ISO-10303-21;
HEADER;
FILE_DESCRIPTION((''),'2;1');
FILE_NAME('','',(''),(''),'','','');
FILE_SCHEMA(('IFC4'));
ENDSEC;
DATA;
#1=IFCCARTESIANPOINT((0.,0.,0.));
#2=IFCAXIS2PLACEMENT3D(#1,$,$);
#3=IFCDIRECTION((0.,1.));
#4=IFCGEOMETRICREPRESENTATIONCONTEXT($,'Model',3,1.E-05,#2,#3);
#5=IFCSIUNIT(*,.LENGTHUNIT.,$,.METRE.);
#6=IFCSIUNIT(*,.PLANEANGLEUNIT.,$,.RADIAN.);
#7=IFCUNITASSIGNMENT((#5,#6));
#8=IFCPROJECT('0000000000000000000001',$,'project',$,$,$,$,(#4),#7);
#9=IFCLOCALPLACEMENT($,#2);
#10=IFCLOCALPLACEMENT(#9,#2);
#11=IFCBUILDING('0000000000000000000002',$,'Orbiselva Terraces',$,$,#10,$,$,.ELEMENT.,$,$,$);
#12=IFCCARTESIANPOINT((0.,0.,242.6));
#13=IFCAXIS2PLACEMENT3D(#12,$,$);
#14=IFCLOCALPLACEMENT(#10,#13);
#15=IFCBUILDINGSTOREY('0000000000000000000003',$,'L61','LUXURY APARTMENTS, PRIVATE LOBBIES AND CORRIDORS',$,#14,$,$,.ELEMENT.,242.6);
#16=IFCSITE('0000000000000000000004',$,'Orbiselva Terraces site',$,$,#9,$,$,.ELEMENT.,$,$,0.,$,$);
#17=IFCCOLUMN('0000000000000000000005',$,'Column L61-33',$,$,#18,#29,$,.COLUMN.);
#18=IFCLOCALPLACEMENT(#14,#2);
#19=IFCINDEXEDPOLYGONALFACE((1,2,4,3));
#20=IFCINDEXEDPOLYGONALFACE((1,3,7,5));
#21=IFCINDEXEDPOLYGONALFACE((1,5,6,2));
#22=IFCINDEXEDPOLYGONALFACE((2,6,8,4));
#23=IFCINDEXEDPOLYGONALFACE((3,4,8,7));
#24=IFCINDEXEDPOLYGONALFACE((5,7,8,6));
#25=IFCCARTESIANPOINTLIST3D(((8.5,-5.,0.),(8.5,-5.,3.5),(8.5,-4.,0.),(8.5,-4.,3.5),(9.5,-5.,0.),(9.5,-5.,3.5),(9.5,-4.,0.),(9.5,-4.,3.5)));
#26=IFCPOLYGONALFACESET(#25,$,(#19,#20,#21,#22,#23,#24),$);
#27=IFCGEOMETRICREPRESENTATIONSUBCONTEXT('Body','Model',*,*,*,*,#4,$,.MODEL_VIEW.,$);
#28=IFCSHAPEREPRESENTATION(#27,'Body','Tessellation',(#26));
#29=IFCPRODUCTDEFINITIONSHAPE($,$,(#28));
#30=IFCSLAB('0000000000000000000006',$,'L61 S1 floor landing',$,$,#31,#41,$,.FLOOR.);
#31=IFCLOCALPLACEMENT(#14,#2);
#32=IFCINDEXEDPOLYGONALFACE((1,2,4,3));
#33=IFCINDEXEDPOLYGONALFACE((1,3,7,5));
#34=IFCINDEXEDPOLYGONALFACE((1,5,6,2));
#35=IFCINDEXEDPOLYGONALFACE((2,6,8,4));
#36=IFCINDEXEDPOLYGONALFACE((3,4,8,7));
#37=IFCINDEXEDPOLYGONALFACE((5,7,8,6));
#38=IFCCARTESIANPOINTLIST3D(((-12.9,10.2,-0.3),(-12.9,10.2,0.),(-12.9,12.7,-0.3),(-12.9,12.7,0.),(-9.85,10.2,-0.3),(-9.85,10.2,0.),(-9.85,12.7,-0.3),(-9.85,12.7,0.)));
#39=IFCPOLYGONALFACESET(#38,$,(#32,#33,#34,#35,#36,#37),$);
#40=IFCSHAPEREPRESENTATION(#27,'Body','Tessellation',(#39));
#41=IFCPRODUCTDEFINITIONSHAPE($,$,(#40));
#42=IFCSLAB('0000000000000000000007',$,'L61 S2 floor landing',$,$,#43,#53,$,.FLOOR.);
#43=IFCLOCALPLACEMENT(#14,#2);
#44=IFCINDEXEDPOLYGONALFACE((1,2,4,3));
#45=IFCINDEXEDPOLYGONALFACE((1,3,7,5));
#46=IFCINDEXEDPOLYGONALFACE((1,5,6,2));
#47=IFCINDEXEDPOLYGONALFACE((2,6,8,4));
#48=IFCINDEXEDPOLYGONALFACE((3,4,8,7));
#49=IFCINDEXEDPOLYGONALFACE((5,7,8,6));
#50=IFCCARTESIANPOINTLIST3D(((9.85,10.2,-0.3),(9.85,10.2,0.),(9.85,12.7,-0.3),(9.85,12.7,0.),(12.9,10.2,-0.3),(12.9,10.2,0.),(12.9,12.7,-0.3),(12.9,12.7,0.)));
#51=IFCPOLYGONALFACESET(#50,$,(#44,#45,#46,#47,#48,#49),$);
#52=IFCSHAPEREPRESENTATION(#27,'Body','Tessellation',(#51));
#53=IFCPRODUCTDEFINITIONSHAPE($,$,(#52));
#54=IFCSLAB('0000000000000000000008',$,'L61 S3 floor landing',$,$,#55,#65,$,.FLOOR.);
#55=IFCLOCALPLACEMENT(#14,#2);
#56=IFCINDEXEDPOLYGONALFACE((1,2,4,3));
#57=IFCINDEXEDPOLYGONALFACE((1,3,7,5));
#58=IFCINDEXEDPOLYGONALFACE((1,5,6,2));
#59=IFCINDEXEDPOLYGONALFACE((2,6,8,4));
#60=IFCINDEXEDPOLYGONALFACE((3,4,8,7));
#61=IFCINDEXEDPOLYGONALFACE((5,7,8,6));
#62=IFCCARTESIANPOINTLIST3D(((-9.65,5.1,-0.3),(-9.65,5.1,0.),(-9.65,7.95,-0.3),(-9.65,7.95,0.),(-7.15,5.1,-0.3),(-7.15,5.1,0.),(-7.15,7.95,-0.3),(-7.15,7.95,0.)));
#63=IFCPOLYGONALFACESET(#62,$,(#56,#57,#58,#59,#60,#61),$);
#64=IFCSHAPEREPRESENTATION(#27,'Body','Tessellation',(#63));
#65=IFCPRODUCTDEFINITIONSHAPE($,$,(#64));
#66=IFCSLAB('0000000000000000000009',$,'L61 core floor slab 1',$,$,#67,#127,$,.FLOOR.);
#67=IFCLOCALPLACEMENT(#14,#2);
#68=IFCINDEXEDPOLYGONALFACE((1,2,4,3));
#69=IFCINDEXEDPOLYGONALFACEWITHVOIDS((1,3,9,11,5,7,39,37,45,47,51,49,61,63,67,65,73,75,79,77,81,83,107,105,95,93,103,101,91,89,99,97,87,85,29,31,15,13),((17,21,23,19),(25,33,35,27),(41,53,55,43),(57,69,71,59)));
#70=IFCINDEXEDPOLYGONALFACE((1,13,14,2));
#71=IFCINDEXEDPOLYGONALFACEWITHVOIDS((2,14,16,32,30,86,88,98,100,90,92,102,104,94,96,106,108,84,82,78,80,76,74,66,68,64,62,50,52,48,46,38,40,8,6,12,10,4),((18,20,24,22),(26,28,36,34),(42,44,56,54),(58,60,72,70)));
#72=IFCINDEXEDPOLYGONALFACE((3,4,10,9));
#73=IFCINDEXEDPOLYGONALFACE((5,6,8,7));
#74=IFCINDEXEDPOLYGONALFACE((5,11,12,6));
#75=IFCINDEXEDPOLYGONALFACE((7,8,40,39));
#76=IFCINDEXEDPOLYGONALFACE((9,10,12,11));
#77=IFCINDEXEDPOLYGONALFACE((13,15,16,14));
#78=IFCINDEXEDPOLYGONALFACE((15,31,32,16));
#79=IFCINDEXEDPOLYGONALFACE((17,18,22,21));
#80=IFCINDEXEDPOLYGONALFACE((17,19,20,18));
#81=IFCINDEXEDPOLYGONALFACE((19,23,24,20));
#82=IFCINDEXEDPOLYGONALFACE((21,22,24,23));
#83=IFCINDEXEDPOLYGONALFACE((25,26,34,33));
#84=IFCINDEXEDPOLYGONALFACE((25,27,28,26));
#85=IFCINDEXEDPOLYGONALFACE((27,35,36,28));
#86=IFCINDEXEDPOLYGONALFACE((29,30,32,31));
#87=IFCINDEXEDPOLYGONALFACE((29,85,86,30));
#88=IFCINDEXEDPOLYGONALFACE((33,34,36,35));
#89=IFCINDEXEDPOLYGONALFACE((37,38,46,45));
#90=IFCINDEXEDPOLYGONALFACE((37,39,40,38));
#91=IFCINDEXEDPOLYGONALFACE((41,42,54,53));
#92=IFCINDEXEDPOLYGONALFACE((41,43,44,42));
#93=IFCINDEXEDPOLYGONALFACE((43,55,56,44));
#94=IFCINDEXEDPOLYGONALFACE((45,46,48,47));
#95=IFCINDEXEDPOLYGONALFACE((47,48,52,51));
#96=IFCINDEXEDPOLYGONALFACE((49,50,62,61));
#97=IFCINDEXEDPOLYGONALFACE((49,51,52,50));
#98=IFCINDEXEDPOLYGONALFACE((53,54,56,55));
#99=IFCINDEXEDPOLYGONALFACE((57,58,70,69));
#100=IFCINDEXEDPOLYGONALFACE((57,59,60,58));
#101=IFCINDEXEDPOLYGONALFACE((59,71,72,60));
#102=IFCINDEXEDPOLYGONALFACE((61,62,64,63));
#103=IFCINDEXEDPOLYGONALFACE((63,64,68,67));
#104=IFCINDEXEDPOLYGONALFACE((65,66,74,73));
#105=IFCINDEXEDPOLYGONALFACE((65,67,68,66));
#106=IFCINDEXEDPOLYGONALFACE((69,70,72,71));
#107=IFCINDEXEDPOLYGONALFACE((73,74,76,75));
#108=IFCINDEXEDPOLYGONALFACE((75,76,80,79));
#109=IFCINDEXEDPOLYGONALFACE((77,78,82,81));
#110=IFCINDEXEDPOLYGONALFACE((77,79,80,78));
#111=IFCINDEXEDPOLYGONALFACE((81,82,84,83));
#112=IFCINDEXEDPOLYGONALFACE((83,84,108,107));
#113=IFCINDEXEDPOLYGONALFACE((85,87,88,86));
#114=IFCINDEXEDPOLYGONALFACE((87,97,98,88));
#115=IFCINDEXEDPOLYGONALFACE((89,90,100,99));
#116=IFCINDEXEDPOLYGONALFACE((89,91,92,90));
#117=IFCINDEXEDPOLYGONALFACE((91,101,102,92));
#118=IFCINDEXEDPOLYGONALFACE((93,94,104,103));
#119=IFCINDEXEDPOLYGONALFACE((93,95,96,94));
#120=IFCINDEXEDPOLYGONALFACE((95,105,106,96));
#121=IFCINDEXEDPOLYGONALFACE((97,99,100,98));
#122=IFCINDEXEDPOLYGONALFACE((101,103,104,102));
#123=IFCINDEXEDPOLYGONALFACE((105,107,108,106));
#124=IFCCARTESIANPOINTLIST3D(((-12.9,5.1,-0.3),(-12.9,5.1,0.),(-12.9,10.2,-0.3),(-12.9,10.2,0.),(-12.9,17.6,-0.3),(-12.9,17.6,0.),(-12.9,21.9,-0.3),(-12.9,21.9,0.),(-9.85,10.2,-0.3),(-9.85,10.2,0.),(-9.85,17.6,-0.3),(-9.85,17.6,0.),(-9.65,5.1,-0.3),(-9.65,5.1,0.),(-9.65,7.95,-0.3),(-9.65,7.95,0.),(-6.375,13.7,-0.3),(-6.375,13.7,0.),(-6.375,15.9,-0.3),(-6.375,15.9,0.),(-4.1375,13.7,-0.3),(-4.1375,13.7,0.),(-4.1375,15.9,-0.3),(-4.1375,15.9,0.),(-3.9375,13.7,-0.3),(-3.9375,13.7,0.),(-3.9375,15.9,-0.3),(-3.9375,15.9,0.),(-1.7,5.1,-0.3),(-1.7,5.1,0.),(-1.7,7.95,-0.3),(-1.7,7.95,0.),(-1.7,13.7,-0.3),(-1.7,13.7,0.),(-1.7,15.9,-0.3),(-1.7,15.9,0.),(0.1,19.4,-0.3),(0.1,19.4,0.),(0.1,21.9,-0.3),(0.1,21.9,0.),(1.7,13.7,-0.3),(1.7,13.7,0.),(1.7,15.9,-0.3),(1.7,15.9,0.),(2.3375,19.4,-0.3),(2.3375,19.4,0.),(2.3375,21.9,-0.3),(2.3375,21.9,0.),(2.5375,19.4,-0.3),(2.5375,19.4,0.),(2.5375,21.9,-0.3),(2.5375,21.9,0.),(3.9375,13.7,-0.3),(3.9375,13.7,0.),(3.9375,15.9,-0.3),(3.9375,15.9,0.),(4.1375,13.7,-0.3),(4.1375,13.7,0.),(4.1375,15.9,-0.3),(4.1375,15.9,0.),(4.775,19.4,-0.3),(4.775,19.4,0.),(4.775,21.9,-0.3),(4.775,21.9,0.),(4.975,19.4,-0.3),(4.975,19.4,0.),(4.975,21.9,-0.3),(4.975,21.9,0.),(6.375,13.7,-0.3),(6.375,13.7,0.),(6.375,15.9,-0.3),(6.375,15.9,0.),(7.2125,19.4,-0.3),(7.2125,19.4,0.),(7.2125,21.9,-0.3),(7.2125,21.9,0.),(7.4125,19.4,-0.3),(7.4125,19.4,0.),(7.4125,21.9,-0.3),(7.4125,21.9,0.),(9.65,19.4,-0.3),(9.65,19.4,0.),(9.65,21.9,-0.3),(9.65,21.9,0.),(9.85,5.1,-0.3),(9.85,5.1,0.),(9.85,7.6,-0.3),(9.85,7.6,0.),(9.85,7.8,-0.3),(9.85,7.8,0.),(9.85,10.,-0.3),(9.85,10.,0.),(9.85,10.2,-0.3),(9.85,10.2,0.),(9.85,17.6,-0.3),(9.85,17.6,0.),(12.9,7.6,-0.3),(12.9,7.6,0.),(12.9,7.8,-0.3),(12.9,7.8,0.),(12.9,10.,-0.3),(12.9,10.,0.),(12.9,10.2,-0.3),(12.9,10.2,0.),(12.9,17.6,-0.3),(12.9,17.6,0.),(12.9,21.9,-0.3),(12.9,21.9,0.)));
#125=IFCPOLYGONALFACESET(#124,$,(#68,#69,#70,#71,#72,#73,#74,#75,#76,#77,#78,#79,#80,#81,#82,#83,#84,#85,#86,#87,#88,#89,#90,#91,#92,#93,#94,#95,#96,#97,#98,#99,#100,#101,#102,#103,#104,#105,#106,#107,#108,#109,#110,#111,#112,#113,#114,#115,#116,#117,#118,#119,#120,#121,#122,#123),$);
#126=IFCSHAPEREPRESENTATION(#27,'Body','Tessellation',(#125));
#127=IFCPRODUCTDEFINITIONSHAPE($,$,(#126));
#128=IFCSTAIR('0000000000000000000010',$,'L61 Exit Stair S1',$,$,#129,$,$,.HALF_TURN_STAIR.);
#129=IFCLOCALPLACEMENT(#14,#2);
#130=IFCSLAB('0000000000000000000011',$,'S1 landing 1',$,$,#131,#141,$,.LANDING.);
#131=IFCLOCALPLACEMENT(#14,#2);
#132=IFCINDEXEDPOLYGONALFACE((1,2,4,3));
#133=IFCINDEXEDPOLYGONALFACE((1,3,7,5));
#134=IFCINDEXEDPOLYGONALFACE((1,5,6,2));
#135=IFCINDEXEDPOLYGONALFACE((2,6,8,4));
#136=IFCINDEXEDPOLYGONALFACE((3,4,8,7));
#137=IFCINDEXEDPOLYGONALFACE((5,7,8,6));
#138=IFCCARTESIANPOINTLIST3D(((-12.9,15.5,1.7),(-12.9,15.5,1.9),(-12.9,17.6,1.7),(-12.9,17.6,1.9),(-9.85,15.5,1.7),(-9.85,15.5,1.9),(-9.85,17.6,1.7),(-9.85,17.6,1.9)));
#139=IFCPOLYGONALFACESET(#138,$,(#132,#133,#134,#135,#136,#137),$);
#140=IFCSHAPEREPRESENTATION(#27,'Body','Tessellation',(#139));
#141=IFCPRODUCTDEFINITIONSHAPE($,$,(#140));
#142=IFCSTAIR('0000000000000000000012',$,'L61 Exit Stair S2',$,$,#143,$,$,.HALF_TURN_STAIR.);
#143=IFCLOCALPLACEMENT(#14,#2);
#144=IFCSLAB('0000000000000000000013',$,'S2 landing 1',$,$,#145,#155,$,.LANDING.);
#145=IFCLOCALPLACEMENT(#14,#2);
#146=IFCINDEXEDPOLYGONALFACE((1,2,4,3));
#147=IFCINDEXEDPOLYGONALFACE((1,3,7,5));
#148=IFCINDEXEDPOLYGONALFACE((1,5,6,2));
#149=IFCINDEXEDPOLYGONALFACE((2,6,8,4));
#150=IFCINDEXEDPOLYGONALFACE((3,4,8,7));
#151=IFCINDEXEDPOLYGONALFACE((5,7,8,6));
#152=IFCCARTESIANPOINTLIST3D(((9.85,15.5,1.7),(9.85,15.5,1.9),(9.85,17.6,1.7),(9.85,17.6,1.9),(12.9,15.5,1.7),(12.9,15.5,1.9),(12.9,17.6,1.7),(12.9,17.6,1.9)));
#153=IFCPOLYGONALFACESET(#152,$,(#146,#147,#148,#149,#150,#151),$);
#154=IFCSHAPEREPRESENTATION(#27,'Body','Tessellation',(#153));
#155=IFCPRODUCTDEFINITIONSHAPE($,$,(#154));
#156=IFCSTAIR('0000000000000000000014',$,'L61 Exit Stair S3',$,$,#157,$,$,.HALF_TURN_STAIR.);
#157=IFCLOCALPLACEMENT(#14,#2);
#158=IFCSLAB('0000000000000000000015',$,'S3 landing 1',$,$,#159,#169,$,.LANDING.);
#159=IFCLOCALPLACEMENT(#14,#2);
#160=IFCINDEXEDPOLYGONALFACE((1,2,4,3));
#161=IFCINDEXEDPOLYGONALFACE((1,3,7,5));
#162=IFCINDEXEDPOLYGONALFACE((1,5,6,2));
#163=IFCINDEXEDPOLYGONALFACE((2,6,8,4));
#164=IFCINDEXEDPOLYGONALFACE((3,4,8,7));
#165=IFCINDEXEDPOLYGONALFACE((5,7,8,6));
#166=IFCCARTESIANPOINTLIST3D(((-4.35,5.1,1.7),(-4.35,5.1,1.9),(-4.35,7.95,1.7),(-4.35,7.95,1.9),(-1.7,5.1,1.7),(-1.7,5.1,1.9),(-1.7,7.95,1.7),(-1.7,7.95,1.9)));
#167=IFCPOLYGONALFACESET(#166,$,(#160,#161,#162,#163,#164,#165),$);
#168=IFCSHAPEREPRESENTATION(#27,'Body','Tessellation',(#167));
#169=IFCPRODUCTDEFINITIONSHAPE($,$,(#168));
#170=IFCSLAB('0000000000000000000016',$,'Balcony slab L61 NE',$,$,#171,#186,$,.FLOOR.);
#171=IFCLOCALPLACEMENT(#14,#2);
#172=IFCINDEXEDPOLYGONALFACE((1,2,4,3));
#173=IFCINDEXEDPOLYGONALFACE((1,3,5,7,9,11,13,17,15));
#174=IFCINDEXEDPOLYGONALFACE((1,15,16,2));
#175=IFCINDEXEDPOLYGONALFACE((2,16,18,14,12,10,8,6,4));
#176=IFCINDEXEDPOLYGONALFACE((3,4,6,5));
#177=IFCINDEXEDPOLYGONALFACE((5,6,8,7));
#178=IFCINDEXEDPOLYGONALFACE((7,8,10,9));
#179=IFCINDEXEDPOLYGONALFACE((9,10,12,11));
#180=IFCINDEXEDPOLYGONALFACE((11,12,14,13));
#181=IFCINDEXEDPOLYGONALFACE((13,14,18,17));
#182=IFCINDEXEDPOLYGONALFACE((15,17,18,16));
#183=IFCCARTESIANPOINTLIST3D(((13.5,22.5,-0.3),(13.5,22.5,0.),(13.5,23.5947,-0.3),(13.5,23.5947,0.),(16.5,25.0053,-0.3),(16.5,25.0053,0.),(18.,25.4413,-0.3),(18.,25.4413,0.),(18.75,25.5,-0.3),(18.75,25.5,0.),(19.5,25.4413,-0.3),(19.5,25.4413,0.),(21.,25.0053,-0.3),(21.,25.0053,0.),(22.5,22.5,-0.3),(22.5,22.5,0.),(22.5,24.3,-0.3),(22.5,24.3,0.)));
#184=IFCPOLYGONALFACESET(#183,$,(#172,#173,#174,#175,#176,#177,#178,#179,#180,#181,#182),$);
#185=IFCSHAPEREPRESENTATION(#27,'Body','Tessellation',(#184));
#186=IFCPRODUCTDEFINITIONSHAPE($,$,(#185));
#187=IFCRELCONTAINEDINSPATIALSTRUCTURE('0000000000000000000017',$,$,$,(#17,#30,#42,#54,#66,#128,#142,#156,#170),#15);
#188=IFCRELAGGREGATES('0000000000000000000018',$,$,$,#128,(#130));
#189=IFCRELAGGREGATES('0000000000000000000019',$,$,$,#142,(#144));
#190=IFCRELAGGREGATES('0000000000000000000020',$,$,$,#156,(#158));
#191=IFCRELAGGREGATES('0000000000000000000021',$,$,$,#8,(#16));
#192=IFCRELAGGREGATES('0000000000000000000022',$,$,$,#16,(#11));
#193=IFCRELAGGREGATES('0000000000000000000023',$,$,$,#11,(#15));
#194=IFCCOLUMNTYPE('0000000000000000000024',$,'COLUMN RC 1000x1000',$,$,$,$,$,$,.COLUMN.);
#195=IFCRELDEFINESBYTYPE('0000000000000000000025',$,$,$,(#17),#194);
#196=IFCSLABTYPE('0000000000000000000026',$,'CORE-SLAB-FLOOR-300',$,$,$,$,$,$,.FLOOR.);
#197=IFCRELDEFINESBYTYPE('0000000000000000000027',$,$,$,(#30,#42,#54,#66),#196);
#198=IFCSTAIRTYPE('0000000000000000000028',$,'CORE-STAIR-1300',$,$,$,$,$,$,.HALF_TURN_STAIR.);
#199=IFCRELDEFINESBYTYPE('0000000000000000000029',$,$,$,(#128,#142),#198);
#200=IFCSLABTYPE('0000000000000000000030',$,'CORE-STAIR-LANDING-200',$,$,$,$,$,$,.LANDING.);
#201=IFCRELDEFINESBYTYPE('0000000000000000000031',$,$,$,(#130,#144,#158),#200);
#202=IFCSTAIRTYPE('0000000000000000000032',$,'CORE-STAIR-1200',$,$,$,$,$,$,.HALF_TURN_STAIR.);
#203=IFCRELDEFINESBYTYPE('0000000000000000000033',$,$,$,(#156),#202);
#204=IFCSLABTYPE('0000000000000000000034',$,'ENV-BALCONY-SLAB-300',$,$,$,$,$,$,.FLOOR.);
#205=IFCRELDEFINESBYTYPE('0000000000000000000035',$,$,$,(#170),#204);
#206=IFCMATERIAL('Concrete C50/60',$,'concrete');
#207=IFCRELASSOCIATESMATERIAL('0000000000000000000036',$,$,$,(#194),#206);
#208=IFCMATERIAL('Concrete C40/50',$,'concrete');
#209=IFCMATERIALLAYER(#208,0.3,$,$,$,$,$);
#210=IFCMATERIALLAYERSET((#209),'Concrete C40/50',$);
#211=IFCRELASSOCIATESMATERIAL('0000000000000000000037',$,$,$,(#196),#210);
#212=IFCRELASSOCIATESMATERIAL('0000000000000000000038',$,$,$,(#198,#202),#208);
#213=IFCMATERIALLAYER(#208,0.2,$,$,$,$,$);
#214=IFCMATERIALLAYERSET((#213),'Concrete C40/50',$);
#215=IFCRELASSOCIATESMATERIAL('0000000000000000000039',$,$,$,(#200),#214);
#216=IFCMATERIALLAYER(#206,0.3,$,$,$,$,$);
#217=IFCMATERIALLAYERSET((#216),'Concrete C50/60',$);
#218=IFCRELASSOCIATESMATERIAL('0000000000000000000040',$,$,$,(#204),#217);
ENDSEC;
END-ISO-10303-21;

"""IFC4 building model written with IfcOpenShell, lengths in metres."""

from ifc_helpers import new_model, si_unit, direction, frame, origin, origin_2d, place, context, subcontext, project, spatial, polyline, rectangle, outline, extrude, material, layer, layer_set, material_profile, profile_set, type_object, element, aggregate, save


model = new_model("IFC4")

# Units and contexts
model_context = context("Model", 3, precision=1e-05, world=origin(), true_north=direction((0.0, 1.0)))
body_context = subcontext(model_context, "Body", "Model", "MODEL_VIEW")
ifc_project = project(units=[si_unit("LENGTHUNIT", "METRE"), si_unit("PLANEANGLEUNIT", "RADIAN")], contexts=[model_context])

# Site, building, storey
site_placement = place(None, origin())
site = spatial("IfcSite", under=ifc_project, at=site_placement, Name="Orbiselva Terraces site", CompositionType="ELEMENT", RefElevation=0.0)
building_placement = place(site_placement, origin())
building = spatial("IfcBuilding", under=site, at=building_placement, Name="Orbiselva Terraces", CompositionType="ELEMENT")
storey_placement = place(building_placement, frame((0.0, 0.0, 242.6)))
storey = spatial("IfcBuildingStorey", under=building, at=storey_placement, Name="L61", Description="LUXURY APARTMENTS, PRIVATE LOBBIES AND CORRIDORS", CompositionType="ELEMENT", Elevation=242.6)

# Column
ifc_material_1 = material(Name="Concrete C50/60", Category="concrete")
ifc_material_profile = material_profile(ifc_material_1, rectangle(XDim=1.0, YDim=1.0, at=origin_2d()), Name="RC 1000x1000")
ifc_profile_set = profile_set([ifc_material_profile], Name="Concrete C50/60")
column_type = type_object("IfcColumnType", Name="COLUMN RC 1000x1000", PredefinedType="COLUMN", material=ifc_profile_set)
column_placement = place(storey_placement, frame((9.0, -4.5, 0.0), z_axis=(0.0, 0.0, 1.0), x_axis=(1.0, 0.0, 0.0)))
element("IfcColumn", 1, at=column_placement, inside=storey, type_object=column_type, Name="Column L61-33", PredefinedType="COLUMN", context=body_context, shape_type="SweptSolid", body=[
    extrude(rectangle(XDim=1.0, YDim=1.0, at=origin_2d()), origin(), (0.0, 0.0, 1.0), 3.5),
])

# Slabs
ifc_material_2 = material(Name="Concrete C40/50", Category="concrete")
ifc_layer_1 = layer(ifc_material_2, 0.3)
ifc_layer_set_1 = layer_set([ifc_layer_1], Name="Concrete C40/50")
slab_type_1 = type_object("IfcSlabType", Name="CORE-SLAB-FLOOR-300", PredefinedType="FLOOR", material=ifc_layer_set_1)
slab_1_placement = place(storey_placement, frame((0.0, 0.0, -0.3)))
element("IfcSlab", 2, at=slab_1_placement, inside=storey, type_object=slab_type_1, Name="L61 S1 floor landing", PredefinedType="FLOOR", context=body_context, shape_type="SweptSolid", body=[
    extrude(outline(polyline([(-12.9, 12.7), (-9.85, 12.7), (-9.85, 10.2), (-12.9, 10.2), (-12.9, 12.7)])), origin(), (0.0, 0.0, 1.0), 0.3),
])
slab_2_placement = place(storey_placement, frame((0.0, 0.0, -0.3)))
element("IfcSlab", 3, at=slab_2_placement, inside=storey, type_object=slab_type_1, Name="L61 S2 floor landing", PredefinedType="FLOOR", context=body_context, shape_type="SweptSolid", body=[
    extrude(outline(polyline([(12.9, 12.7), (12.9, 10.2), (9.85, 10.2), (9.85, 12.7), (12.9, 12.7)])), origin(), (0.0, 0.0, 1.0), 0.3),
])
slab_3_placement = place(storey_placement, frame((0.0, 0.0, -0.3)))
element("IfcSlab", 4, at=slab_3_placement, inside=storey, type_object=slab_type_1, Name="L61 S3 floor landing", PredefinedType="FLOOR", context=body_context, shape_type="SweptSolid", body=[
    extrude(outline(polyline([(-7.15, 5.1), (-9.65, 5.1), (-9.65, 7.95), (-7.15, 7.95), (-7.15, 5.1)])), origin(), (0.0, 0.0, 1.0), 0.3),
])
slab_4_placement = place(storey_placement, frame((0.0, 0.0, -0.3)))
element("IfcSlab", 5, at=slab_4_placement, inside=storey, type_object=slab_type_1, Name="L61 core floor slab 1", PredefinedType="FLOOR", context=body_context, shape_type="SweptSolid", body=[
    extrude(outline(polyline([(-1.7, 5.1), (-1.7, 7.95), (-9.65, 7.95), (-9.65, 5.1), (-12.9, 5.1), (-12.9, 10.2), (-9.85, 10.2), (-9.85, 17.6), (-12.9, 17.6), (-12.9, 21.9), (0.1, 21.9), (0.1, 19.4), (2.3375, 19.4), (2.3375, 21.9), (2.5375, 21.9), (2.5375, 19.4), (4.775, 19.4), (4.775, 21.9), (4.975, 21.9), (4.975, 19.4), (7.2125, 19.4), (7.2125, 21.9), (7.4125, 21.9), (7.4125, 19.4), (9.65, 19.4), (9.65, 21.9), (12.9, 21.9), (12.9, 17.6), (9.85, 17.6), (9.85, 10.2), (12.9, 10.2), (12.9, 10.0), (9.85, 10.0), (9.85, 7.8), (12.9, 7.8), (12.9, 7.6), (9.85, 7.6), (9.85, 5.1), (-1.7, 5.1)]), holes=[polyline([(-4.1375, 13.7), (-4.1375, 15.9), (-6.375, 15.9), (-6.375, 13.7), (-4.1375, 13.7)]), polyline([(-1.7, 13.7), (-1.7, 15.9), (-3.9375, 15.9), (-3.9375, 13.7), (-1.7, 13.7)]), polyline([(3.9375, 15.9), (1.7, 15.9), (1.7, 13.7), (3.9375, 13.7), (3.9375, 15.9)]), polyline([(6.375, 13.7), (6.375, 15.9), (4.1375, 15.9), (4.1375, 13.7), (6.375, 13.7)])]), origin(), (0.0, 0.0, 1.0), 0.3),
])

# Stairs, slabs
stair_type_1 = type_object("IfcStairType", Name="CORE-STAIR-1300", PredefinedType="HALF_TURN_STAIR", material=ifc_material_2)
stair_1_placement = place(storey_placement, origin())
stair_1 = element("IfcStair", 6, at=stair_1_placement, inside=storey, type_object=stair_type_1, Name="L61 Exit Stair S1", PredefinedType="HALF_TURN_STAIR")
ifc_layer_2 = layer(ifc_material_2, 0.2)
ifc_layer_set_2 = layer_set([ifc_layer_2], Name="Concrete C40/50")
slab_type_2 = type_object("IfcSlabType", Name="CORE-STAIR-LANDING-200", PredefinedType="LANDING", material=ifc_layer_set_2)
slab_5_placement = place(storey_placement, frame((0.0, 0.0, 1.7)))
slab_5 = element("IfcSlab", 7, at=slab_5_placement, type_object=slab_type_2, Name="S1 landing 1", PredefinedType="LANDING", context=body_context, shape_type="SweptSolid", body=[
    extrude(outline(polyline([(-9.85, 15.5), (-9.85, 17.6), (-12.9, 17.6), (-12.9, 15.5), (-9.85, 15.5)])), origin(), (0.0, 0.0, 1.0), 0.2),
])
aggregate(stair_1, [slab_5])
stair_2_placement = place(storey_placement, origin())
stair_2 = element("IfcStair", 8, at=stair_2_placement, inside=storey, type_object=stair_type_1, Name="L61 Exit Stair S2", PredefinedType="HALF_TURN_STAIR")
slab_6_placement = place(storey_placement, frame((0.0, 0.0, 1.7)))
slab_6 = element("IfcSlab", 9, at=slab_6_placement, type_object=slab_type_2, Name="S2 landing 1", PredefinedType="LANDING", context=body_context, shape_type="SweptSolid", body=[
    extrude(outline(polyline([(12.9, 15.5), (12.9, 17.6), (9.85, 17.6), (9.85, 15.5), (12.9, 15.5)])), origin(), (0.0, 0.0, 1.0), 0.2),
])
aggregate(stair_2, [slab_6])
stair_type_2 = type_object("IfcStairType", Name="CORE-STAIR-1200", PredefinedType="HALF_TURN_STAIR", material=ifc_material_2)
stair_3_placement = place(storey_placement, origin())
stair_3 = element("IfcStair", 10, at=stair_3_placement, inside=storey, type_object=stair_type_2, Name="L61 Exit Stair S3", PredefinedType="HALF_TURN_STAIR")
slab_7_placement = place(storey_placement, frame((0.0, 0.0, 1.7)))
slab_7 = element("IfcSlab", 11, at=slab_7_placement, type_object=slab_type_2, Name="S3 landing 1", PredefinedType="LANDING", context=body_context, shape_type="SweptSolid", body=[
    extrude(outline(polyline([(-4.35, 5.1), (-1.7, 5.1), (-1.7, 7.95), (-4.35, 7.95), (-4.35, 5.1)])), origin(), (0.0, 0.0, 1.0), 0.2),
])
aggregate(stair_3, [slab_7])

# Slab
ifc_layer_3 = layer(ifc_material_1, 0.3)
ifc_layer_set_3 = layer_set([ifc_layer_3], Name="Concrete C50/60")
slab_type_3 = type_object("IfcSlabType", Name="ENV-BALCONY-SLAB-300", PredefinedType="FLOOR", material=ifc_layer_set_3)
slab_8_placement = place(storey_placement, frame((0.0, 0.0, -0.3)))
element("IfcSlab", 12, at=slab_8_placement, inside=storey, type_object=slab_type_3, Name="Balcony slab L61 NE", PredefinedType="FLOOR", context=body_context, shape_type="SweptSolid", body=[
    extrude(outline(polyline([(22.5, 24.3), (21.0, 25.0053), (19.5, 25.4413), (18.75, 25.5), (18.0, 25.4413), (16.5, 25.0053), (13.5, 23.5947), (13.5, 22.5), (22.5, 22.5), (22.5, 24.3)])), origin(), (0.0, 0.0, 1.0), 0.3),
])

save(model, "model.ifc")
